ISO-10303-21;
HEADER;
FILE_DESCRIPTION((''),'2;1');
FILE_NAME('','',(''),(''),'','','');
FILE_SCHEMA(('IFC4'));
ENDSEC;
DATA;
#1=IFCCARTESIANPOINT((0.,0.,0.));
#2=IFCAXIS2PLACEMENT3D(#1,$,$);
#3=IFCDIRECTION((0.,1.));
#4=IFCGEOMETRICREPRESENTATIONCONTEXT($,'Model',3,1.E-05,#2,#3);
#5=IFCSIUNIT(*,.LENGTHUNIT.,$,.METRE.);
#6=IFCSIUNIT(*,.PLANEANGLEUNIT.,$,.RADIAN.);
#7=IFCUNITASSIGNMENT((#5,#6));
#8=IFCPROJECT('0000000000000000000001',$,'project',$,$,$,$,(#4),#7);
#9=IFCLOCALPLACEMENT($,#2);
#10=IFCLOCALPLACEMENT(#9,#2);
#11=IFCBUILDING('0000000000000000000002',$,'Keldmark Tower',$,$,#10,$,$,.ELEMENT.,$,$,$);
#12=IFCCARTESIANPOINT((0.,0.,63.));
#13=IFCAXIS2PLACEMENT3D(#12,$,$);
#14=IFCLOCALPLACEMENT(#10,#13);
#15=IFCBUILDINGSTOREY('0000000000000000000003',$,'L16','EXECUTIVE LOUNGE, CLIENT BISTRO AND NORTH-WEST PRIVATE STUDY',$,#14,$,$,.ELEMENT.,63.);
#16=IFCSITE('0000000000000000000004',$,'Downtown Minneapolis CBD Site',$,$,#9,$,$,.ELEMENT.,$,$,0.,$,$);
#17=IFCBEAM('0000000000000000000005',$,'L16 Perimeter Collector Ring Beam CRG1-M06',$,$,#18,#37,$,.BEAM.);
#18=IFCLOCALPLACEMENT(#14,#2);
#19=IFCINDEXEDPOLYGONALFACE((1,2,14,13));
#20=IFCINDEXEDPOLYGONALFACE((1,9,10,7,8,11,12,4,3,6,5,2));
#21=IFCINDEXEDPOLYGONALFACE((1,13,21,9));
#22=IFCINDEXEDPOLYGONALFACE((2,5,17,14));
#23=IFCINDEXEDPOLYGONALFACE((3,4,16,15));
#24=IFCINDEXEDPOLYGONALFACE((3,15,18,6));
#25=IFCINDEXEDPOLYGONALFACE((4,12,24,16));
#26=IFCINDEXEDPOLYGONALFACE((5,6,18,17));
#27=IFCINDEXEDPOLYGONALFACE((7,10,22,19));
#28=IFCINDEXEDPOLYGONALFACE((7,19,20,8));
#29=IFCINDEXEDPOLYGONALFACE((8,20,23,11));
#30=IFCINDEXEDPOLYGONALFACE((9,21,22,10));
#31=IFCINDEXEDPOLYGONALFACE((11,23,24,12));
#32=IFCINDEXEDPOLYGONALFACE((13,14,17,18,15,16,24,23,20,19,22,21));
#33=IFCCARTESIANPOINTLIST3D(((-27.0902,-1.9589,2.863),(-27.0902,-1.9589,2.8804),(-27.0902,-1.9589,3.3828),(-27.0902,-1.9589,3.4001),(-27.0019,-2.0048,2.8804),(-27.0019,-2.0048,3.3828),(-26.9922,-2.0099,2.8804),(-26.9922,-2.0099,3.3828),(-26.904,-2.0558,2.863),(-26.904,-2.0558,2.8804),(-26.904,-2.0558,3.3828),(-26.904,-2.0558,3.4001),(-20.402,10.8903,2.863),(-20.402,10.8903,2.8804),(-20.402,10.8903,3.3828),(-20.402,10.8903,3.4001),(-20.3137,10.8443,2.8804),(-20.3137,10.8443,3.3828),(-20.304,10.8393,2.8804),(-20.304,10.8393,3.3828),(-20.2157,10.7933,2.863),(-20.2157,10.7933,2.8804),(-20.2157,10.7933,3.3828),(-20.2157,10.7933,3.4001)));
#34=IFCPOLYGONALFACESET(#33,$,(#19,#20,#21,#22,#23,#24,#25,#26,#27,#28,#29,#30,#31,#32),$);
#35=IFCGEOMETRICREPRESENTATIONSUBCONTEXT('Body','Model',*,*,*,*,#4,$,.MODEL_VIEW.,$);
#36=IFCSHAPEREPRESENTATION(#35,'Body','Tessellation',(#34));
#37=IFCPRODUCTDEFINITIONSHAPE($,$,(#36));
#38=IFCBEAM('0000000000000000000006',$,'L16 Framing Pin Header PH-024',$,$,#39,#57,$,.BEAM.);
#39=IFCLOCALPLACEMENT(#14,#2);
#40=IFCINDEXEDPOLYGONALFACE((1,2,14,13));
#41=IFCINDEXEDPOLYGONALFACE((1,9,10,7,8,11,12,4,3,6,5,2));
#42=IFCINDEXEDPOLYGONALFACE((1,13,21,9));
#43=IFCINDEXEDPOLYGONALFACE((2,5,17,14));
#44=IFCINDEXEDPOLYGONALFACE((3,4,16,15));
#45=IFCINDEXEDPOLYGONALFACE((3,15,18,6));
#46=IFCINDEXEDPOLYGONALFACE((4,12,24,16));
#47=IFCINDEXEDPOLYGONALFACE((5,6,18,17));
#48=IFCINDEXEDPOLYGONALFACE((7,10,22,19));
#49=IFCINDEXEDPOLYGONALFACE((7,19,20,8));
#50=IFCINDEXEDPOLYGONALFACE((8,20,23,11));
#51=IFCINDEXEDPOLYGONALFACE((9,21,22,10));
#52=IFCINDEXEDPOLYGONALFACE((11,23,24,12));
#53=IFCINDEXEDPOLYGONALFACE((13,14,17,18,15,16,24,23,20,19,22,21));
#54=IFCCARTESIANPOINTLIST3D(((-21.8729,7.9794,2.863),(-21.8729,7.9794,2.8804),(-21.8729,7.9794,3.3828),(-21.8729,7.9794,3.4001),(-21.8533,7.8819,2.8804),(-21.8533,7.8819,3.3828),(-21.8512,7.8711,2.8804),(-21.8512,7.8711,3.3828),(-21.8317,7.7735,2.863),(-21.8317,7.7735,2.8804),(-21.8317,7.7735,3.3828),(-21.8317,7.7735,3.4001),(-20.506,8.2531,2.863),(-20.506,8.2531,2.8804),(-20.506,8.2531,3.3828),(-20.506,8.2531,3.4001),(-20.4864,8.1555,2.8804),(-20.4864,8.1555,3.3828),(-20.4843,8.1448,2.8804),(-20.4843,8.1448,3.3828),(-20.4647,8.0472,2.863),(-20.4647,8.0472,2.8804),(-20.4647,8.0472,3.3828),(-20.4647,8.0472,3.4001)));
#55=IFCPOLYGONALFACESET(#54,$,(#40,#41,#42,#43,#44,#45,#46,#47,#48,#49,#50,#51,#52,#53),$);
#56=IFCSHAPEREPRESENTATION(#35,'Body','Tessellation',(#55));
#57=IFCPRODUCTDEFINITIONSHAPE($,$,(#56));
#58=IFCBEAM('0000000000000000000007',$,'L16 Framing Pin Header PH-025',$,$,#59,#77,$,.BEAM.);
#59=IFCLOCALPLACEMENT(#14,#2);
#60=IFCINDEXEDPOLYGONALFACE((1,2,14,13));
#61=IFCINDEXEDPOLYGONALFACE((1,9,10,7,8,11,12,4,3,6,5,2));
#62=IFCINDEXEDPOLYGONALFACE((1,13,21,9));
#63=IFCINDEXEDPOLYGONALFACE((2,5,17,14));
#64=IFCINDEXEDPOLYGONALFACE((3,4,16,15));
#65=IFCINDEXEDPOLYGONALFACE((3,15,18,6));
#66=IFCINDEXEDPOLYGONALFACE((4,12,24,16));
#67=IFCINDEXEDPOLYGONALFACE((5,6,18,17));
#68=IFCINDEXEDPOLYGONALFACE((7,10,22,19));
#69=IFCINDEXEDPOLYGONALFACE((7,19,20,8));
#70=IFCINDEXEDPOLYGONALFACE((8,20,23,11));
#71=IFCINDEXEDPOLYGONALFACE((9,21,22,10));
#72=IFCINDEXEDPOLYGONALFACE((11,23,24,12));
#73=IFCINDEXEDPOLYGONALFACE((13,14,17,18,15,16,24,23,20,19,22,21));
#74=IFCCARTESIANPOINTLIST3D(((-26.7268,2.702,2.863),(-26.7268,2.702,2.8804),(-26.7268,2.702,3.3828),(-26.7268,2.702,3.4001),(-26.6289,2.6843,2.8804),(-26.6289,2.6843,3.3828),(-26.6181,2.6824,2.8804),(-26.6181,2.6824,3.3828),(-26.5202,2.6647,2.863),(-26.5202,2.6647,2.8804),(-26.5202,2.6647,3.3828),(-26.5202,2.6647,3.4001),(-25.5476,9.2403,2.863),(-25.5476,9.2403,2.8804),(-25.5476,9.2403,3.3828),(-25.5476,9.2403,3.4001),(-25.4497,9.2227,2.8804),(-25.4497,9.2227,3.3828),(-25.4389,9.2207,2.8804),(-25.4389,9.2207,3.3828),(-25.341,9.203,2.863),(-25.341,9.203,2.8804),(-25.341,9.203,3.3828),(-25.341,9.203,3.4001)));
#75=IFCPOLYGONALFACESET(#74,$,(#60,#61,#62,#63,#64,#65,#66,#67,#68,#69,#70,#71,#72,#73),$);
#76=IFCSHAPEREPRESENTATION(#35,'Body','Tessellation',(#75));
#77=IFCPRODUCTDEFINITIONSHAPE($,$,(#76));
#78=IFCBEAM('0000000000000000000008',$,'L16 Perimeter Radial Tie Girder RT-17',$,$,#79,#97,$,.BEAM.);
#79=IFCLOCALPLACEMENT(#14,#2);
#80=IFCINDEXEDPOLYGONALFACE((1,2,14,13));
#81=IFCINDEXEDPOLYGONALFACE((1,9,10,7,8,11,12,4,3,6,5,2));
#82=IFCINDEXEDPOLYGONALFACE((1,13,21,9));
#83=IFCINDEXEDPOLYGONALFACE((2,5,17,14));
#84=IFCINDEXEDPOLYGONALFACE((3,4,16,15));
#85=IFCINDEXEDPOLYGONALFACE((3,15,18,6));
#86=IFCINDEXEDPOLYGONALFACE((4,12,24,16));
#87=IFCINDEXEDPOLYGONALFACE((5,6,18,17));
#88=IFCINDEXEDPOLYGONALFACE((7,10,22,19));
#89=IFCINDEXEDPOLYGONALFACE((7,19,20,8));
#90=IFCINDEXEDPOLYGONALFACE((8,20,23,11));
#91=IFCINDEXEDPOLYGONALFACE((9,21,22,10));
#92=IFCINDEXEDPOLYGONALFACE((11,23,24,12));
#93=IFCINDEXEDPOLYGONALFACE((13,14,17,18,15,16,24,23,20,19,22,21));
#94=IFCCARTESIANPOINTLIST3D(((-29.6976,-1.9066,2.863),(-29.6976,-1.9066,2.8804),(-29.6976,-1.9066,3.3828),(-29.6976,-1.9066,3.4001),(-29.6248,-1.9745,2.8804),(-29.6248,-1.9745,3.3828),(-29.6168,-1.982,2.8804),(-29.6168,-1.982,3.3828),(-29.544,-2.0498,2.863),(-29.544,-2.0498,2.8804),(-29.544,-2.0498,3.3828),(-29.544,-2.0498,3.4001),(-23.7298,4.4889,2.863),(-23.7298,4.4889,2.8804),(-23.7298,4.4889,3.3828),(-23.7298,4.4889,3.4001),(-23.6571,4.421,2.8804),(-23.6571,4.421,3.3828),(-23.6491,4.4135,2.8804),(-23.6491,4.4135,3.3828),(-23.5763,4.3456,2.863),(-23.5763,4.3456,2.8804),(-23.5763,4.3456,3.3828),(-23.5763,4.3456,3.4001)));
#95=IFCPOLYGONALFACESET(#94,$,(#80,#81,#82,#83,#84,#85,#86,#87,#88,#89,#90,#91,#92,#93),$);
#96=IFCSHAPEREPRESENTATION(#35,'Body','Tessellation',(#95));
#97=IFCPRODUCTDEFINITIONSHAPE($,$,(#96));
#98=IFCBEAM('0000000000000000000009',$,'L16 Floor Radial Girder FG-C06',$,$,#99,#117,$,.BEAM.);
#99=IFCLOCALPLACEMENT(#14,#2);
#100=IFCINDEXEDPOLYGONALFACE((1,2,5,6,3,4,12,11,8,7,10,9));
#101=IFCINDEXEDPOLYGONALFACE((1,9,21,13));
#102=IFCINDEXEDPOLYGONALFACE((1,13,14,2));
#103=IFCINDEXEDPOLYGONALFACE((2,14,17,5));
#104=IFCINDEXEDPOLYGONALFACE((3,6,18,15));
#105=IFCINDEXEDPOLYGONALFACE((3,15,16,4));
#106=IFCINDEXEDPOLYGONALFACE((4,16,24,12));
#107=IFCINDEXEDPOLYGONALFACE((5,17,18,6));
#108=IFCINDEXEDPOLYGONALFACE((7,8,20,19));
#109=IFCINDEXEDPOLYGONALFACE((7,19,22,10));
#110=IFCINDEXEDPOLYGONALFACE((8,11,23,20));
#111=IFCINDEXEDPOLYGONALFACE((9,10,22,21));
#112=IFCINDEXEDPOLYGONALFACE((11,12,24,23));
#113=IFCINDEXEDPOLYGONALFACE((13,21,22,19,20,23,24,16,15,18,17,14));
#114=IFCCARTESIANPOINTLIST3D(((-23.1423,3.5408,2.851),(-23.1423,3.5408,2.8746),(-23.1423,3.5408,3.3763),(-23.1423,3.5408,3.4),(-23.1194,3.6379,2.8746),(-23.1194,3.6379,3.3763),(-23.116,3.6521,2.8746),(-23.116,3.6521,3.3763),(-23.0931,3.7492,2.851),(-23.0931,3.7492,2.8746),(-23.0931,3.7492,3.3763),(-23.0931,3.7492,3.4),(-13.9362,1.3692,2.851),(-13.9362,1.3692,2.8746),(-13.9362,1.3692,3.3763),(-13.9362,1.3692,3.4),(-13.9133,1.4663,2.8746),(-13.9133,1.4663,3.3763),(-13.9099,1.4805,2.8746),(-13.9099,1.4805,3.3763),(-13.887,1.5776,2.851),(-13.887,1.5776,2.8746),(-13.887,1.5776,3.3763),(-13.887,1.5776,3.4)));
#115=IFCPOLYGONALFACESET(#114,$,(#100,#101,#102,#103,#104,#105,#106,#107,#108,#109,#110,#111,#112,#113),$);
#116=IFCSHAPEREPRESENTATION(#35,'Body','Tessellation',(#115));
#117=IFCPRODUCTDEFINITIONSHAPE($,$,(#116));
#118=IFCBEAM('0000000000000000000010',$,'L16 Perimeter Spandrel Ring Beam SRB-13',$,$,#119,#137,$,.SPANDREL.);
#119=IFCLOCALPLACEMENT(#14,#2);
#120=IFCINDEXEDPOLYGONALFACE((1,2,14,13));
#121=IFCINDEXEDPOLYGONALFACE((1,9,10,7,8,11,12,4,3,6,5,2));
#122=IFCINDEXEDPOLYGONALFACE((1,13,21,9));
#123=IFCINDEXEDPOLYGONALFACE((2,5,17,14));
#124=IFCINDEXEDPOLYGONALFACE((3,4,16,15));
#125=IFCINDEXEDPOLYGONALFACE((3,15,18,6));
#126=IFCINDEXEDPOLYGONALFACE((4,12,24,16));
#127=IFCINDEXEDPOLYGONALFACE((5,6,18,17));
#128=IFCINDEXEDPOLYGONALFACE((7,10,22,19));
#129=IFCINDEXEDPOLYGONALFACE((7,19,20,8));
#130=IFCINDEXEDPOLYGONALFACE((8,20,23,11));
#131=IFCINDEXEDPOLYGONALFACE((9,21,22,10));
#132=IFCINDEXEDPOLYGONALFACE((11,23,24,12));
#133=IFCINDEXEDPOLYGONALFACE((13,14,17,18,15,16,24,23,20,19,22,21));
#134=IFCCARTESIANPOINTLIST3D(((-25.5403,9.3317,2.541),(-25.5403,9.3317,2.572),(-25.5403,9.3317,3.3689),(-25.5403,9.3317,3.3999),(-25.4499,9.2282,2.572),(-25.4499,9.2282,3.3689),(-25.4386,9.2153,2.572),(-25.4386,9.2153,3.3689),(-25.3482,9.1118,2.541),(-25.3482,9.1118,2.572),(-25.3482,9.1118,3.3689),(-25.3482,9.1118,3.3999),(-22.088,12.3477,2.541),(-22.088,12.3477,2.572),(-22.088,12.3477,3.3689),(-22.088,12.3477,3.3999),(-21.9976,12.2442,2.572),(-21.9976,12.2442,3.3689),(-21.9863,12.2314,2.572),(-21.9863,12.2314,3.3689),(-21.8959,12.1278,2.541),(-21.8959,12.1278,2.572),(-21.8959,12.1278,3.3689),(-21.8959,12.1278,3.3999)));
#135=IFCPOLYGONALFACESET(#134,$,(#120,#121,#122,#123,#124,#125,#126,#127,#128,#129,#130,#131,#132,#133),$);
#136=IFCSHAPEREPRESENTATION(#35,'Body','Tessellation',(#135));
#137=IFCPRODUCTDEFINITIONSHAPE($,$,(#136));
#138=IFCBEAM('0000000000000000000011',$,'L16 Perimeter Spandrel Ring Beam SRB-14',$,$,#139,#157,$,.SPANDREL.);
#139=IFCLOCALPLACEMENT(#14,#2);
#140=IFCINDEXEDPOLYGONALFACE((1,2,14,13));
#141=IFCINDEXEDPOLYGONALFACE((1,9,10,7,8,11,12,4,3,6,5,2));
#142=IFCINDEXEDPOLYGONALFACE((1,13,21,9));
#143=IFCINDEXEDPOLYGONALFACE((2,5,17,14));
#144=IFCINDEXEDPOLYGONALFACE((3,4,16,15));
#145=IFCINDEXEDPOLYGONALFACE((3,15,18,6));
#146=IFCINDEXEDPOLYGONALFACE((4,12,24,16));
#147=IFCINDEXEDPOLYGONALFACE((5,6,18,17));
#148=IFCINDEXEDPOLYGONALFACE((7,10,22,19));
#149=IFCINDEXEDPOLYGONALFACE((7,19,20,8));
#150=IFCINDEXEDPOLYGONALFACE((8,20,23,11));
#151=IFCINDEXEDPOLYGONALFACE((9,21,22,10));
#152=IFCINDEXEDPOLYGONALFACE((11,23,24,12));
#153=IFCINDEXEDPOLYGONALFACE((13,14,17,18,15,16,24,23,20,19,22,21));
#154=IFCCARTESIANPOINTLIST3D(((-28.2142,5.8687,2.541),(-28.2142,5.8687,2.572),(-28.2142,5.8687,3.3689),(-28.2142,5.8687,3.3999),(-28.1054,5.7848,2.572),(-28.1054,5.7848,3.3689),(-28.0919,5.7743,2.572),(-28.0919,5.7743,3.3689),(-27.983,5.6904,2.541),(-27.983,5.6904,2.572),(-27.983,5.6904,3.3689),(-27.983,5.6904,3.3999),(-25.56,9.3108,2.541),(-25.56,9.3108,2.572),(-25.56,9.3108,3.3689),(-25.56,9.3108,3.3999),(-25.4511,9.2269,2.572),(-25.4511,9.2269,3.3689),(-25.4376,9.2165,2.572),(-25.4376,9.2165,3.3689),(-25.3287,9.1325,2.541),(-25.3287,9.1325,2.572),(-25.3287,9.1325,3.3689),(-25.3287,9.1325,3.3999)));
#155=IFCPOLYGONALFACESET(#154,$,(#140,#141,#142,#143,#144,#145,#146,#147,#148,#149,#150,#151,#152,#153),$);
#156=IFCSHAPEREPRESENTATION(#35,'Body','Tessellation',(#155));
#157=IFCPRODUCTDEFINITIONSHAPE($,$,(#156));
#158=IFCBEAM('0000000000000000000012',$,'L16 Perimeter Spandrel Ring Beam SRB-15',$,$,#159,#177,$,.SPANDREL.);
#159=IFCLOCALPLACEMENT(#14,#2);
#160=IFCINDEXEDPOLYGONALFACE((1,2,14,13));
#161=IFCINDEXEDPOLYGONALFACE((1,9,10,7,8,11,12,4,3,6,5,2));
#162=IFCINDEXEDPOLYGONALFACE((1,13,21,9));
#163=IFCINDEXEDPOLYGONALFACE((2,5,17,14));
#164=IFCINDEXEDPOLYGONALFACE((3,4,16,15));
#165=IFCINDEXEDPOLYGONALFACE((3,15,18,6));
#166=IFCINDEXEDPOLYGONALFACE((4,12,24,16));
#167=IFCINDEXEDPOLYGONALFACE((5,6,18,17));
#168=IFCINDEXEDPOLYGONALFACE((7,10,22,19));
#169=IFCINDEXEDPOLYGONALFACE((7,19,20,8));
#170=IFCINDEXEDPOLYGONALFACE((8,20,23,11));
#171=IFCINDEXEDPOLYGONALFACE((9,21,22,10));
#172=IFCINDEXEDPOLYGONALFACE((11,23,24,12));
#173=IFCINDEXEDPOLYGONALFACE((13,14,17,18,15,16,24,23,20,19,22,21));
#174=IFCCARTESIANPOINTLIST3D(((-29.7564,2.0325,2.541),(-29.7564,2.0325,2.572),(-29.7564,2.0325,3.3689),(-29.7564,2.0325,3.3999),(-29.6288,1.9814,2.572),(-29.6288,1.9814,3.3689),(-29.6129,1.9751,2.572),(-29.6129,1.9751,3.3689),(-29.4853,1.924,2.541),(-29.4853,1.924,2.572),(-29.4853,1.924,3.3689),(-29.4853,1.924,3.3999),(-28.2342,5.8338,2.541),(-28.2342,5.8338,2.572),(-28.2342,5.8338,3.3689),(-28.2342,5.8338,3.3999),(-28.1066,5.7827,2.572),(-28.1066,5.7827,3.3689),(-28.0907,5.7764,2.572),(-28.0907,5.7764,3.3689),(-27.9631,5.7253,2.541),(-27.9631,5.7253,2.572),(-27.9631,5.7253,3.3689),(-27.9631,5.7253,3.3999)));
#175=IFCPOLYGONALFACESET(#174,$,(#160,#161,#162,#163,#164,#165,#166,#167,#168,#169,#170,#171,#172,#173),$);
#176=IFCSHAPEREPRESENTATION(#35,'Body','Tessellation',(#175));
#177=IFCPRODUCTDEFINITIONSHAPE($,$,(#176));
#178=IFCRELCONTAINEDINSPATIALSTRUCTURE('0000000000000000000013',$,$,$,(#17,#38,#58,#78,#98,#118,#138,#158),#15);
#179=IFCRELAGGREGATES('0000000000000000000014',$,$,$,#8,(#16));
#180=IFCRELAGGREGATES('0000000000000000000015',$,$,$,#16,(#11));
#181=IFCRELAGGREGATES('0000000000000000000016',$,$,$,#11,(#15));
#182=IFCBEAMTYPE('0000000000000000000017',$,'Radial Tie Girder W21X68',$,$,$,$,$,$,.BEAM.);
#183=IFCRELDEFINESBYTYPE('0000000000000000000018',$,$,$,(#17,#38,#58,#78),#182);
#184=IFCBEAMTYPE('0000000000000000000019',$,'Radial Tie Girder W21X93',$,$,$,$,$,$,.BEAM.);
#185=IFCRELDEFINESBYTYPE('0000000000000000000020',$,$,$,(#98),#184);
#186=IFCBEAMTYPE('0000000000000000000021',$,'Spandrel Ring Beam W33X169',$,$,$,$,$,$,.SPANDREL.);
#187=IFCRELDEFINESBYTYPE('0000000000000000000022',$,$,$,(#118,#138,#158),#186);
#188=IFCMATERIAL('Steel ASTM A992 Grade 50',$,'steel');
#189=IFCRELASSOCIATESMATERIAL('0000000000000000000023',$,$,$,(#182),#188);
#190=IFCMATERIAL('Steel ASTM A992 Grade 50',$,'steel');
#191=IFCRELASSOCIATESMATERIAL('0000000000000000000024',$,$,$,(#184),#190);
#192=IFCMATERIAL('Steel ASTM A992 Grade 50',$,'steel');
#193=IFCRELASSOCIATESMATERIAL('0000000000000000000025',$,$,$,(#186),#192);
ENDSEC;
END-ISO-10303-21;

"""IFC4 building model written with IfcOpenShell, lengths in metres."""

from ifc_helpers import new_model, si_unit, direction, frame, origin, origin_2d, place, context, subcontext, project, spatial, i_section, extrude, material, material_profile, profile_set, type_object, element, save


model = new_model("IFC4")

# Units and contexts
model_context = context("Model", 3, precision=1e-05, world=origin(), true_north=direction((0.0, 1.0)))
body_context = subcontext(model_context, "Body", "Model", "MODEL_VIEW")
ifc_project = project(units=[si_unit("LENGTHUNIT", "METRE"), si_unit("PLANEANGLEUNIT", "RADIAN")], contexts=[model_context])

# Site, building, storey
site_placement = place(None, origin())
site = spatial("IfcSite", under=ifc_project, at=site_placement, Name="Downtown Minneapolis CBD Site", CompositionType="ELEMENT", RefElevation=0.0)
building_placement = place(site_placement, origin())
building = spatial("IfcBuilding", under=site, at=building_placement, Name="Keldmark Tower", CompositionType="ELEMENT")
storey_placement = place(building_placement, frame((0.0, 0.0, 63.0)))
storey = spatial("IfcBuildingStorey", under=building, at=storey_placement, Name="L16", Description="EXECUTIVE LOUNGE, CLIENT BISTRO AND NORTH-WEST PRIVATE STUDY", CompositionType="ELEMENT", Elevation=63.0)

# Beams
ifc_material_1 = material(Name="Steel ASTM A992 Grade 50", Category="steel")
ifc_material_profile_1 = material_profile(ifc_material_1, i_section(OverallWidth=0.21, OverallDepth=0.5371, WebThickness=0.011, FlangeThickness=0.0173, at=origin_2d()), Name="W21X68")
ifc_profile_set_1 = profile_set([ifc_material_profile_1], Name="Steel ASTM A992 Grade 50")
beam_type_1 = type_object("IfcBeamType", Name="Radial Tie Girder W21X68", PredefinedType="BEAM", material=ifc_profile_set_1)
beam_1_placement = place(storey_placement, frame((-20.3088, 10.8418, 3.1316), z_axis=(-0.461716, -0.887028, 0.0), x_axis=(0.887028, -0.461716, 0.0)))
element("IfcBeam", 1, at=beam_1_placement, inside=storey, type_object=beam_type_1, Name="L16 Perimeter Collector Ring Beam CRG1-M06", PredefinedType="BEAM", context=body_context, shape_type="SweptSolid", body=[
    extrude(i_section(OverallWidth=0.21, OverallDepth=0.5371, WebThickness=0.011, FlangeThickness=0.0173, at=origin_2d()), origin(), (0.0, 0.0, 1.0), 14.4856),
])
beam_2_placement = place(storey_placement, frame((-20.4854, 8.1501, 3.1316), z_axis=(-0.98054, -0.196318, 0.0), x_axis=(0.196318, -0.98054, 0.0)))
element("IfcBeam", 2, at=beam_2_placement, inside=storey, type_object=beam_type_1, Name="L16 Framing Pin Header PH-024", PredefinedType="BEAM", context=body_context, shape_type="SweptSolid", body=[
    extrude(i_section(OverallWidth=0.21, OverallDepth=0.5371, WebThickness=0.011, FlangeThickness=0.0173, at=origin_2d()), origin(), (0.0, 0.0, 1.0), 1.394),
])
beam_3_placement = place(storey_placement, frame((-25.4443, 9.2217, 3.1316), z_axis=(-0.177488, -0.984123, 0.0), x_axis=(0.984123, -0.177488, 0.0)))
element("IfcBeam", 3, at=beam_3_placement, inside=storey, type_object=beam_type_1, Name="L16 Framing Pin Header PH-025", PredefinedType="BEAM", context=body_context, shape_type="SweptSolid", body=[
    extrude(i_section(OverallWidth=0.21, OverallDepth=0.5371, WebThickness=0.011, FlangeThickness=0.0173, at=origin_2d()), origin(), (0.0, 0.0, 1.0), 6.6438),
])
beam_4_placement = place(storey_placement, frame((-23.6531, 4.4172, 3.1316), z_axis=(-0.682235, -0.731133, 0.0), x_axis=(0.731133, -0.682235, 0.0)))
element("IfcBeam", 4, at=beam_4_placement, inside=storey, type_object=beam_type_1, Name="L16 Perimeter Radial Tie Girder RT-17", PredefinedType="BEAM", context=body_context, shape_type="SweptSolid", body=[
    extrude(i_section(OverallWidth=0.21, OverallDepth=0.5371, WebThickness=0.011, FlangeThickness=0.0173, at=origin_2d()), origin(), (0.0, 0.0, 1.0), 8.7473),
])
ifc_material_2 = material(Name="Steel ASTM A992 Grade 50", Category="steel")
ifc_material_profile_2 = material_profile(ifc_material_2, i_section(OverallWidth=0.2141, OverallDepth=0.5491, WebThickness=0.0146, FlangeThickness=0.0237, at=origin_2d()), Name="W21X93")
ifc_profile_set_2 = profile_set([ifc_material_profile_2], Name="Steel ASTM A992 Grade 50")
beam_type_2 = type_object("IfcBeamType", Name="Radial Tie Girder W21X93", PredefinedType="BEAM", material=ifc_profile_set_2)
beam_5_placement = place(storey_placement, frame((-23.1177, 3.645, 3.1255), z_axis=(0.973287, -0.22959, 0.0), x_axis=(0.22959, 0.973287, 0.0)))
element("IfcBeam", 5, at=beam_5_placement, inside=storey, type_object=beam_type_2, Name="L16 Floor Radial Girder FG-C06", PredefinedType="BEAM", context=body_context, shape_type="SweptSolid", body=[
    extrude(i_section(OverallWidth=0.2141, OverallDepth=0.5491, WebThickness=0.0146, FlangeThickness=0.0237, at=origin_2d()), origin(), (0.0, 0.0, 1.0), 9.4587),
])
ifc_material_3 = material(Name="Steel ASTM A992 Grade 50", Category="steel")
ifc_material_profile_3 = material_profile(ifc_material_3, i_section(OverallWidth=0.292, OverallDepth=0.8589, WebThickness=0.0171, FlangeThickness=0.031, at=origin_2d()), Name="W33X169")
ifc_profile_set_3 = profile_set([ifc_material_profile_3], Name="Steel ASTM A992 Grade 50")
beam_type_3 = type_object("IfcBeamType", Name="Spandrel Ring Beam W33X169", PredefinedType="SPANDREL", material=ifc_profile_set_3)
beam_6_placement = place(storey_placement, frame((-21.9919, 12.2378, 2.9705), z_axis=(-0.753088, -0.65792, 0.0), x_axis=(0.65792, -0.753088, 0.0)))
element("IfcBeam", 6, at=beam_6_placement, inside=storey, type_object=beam_type_3, Name="L16 Perimeter Spandrel Ring Beam SRB-13", PredefinedType="SPANDREL", context=body_context, shape_type="SweptSolid", body=[
    extrude(i_section(OverallWidth=0.292, OverallDepth=0.8589, WebThickness=0.0171, FlangeThickness=0.031, at=origin_2d()), origin(), (0.0, 0.0, 1.0), 4.5842),
])
beam_7_placement = place(storey_placement, frame((-25.4443, 9.2217, 2.9705), z_axis=(-0.61065, -0.791901, 0.0), x_axis=(0.791901, -0.61065, 0.0)))
element("IfcBeam", 7, at=beam_7_placement, inside=storey, type_object=beam_type_3, Name="L16 Perimeter Spandrel Ring Beam SRB-14", PredefinedType="SPANDREL", context=body_context, shape_type="SweptSolid", body=[
    extrude(i_section(OverallWidth=0.292, OverallDepth=0.8589, WebThickness=0.0171, FlangeThickness=0.031, at=origin_2d()), origin(), (0.0, 0.0, 1.0), 4.3467),
])
beam_8_placement = place(storey_placement, frame((-28.0986, 5.7795, 2.9705), z_axis=(-0.37175, -0.928333, 0.0), x_axis=(0.928333, -0.37175, 0.0)))
element("IfcBeam", 8, at=beam_8_placement, inside=storey, type_object=beam_type_3, Name="L16 Perimeter Spandrel Ring Beam SRB-15", PredefinedType="SPANDREL", context=body_context, shape_type="SweptSolid", body=[
    extrude(i_section(OverallWidth=0.292, OverallDepth=0.8589, WebThickness=0.0171, FlangeThickness=0.031, at=origin_2d()), origin(), (0.0, 0.0, 1.0), 4.0947),
])

save(model, "model.ifc")
